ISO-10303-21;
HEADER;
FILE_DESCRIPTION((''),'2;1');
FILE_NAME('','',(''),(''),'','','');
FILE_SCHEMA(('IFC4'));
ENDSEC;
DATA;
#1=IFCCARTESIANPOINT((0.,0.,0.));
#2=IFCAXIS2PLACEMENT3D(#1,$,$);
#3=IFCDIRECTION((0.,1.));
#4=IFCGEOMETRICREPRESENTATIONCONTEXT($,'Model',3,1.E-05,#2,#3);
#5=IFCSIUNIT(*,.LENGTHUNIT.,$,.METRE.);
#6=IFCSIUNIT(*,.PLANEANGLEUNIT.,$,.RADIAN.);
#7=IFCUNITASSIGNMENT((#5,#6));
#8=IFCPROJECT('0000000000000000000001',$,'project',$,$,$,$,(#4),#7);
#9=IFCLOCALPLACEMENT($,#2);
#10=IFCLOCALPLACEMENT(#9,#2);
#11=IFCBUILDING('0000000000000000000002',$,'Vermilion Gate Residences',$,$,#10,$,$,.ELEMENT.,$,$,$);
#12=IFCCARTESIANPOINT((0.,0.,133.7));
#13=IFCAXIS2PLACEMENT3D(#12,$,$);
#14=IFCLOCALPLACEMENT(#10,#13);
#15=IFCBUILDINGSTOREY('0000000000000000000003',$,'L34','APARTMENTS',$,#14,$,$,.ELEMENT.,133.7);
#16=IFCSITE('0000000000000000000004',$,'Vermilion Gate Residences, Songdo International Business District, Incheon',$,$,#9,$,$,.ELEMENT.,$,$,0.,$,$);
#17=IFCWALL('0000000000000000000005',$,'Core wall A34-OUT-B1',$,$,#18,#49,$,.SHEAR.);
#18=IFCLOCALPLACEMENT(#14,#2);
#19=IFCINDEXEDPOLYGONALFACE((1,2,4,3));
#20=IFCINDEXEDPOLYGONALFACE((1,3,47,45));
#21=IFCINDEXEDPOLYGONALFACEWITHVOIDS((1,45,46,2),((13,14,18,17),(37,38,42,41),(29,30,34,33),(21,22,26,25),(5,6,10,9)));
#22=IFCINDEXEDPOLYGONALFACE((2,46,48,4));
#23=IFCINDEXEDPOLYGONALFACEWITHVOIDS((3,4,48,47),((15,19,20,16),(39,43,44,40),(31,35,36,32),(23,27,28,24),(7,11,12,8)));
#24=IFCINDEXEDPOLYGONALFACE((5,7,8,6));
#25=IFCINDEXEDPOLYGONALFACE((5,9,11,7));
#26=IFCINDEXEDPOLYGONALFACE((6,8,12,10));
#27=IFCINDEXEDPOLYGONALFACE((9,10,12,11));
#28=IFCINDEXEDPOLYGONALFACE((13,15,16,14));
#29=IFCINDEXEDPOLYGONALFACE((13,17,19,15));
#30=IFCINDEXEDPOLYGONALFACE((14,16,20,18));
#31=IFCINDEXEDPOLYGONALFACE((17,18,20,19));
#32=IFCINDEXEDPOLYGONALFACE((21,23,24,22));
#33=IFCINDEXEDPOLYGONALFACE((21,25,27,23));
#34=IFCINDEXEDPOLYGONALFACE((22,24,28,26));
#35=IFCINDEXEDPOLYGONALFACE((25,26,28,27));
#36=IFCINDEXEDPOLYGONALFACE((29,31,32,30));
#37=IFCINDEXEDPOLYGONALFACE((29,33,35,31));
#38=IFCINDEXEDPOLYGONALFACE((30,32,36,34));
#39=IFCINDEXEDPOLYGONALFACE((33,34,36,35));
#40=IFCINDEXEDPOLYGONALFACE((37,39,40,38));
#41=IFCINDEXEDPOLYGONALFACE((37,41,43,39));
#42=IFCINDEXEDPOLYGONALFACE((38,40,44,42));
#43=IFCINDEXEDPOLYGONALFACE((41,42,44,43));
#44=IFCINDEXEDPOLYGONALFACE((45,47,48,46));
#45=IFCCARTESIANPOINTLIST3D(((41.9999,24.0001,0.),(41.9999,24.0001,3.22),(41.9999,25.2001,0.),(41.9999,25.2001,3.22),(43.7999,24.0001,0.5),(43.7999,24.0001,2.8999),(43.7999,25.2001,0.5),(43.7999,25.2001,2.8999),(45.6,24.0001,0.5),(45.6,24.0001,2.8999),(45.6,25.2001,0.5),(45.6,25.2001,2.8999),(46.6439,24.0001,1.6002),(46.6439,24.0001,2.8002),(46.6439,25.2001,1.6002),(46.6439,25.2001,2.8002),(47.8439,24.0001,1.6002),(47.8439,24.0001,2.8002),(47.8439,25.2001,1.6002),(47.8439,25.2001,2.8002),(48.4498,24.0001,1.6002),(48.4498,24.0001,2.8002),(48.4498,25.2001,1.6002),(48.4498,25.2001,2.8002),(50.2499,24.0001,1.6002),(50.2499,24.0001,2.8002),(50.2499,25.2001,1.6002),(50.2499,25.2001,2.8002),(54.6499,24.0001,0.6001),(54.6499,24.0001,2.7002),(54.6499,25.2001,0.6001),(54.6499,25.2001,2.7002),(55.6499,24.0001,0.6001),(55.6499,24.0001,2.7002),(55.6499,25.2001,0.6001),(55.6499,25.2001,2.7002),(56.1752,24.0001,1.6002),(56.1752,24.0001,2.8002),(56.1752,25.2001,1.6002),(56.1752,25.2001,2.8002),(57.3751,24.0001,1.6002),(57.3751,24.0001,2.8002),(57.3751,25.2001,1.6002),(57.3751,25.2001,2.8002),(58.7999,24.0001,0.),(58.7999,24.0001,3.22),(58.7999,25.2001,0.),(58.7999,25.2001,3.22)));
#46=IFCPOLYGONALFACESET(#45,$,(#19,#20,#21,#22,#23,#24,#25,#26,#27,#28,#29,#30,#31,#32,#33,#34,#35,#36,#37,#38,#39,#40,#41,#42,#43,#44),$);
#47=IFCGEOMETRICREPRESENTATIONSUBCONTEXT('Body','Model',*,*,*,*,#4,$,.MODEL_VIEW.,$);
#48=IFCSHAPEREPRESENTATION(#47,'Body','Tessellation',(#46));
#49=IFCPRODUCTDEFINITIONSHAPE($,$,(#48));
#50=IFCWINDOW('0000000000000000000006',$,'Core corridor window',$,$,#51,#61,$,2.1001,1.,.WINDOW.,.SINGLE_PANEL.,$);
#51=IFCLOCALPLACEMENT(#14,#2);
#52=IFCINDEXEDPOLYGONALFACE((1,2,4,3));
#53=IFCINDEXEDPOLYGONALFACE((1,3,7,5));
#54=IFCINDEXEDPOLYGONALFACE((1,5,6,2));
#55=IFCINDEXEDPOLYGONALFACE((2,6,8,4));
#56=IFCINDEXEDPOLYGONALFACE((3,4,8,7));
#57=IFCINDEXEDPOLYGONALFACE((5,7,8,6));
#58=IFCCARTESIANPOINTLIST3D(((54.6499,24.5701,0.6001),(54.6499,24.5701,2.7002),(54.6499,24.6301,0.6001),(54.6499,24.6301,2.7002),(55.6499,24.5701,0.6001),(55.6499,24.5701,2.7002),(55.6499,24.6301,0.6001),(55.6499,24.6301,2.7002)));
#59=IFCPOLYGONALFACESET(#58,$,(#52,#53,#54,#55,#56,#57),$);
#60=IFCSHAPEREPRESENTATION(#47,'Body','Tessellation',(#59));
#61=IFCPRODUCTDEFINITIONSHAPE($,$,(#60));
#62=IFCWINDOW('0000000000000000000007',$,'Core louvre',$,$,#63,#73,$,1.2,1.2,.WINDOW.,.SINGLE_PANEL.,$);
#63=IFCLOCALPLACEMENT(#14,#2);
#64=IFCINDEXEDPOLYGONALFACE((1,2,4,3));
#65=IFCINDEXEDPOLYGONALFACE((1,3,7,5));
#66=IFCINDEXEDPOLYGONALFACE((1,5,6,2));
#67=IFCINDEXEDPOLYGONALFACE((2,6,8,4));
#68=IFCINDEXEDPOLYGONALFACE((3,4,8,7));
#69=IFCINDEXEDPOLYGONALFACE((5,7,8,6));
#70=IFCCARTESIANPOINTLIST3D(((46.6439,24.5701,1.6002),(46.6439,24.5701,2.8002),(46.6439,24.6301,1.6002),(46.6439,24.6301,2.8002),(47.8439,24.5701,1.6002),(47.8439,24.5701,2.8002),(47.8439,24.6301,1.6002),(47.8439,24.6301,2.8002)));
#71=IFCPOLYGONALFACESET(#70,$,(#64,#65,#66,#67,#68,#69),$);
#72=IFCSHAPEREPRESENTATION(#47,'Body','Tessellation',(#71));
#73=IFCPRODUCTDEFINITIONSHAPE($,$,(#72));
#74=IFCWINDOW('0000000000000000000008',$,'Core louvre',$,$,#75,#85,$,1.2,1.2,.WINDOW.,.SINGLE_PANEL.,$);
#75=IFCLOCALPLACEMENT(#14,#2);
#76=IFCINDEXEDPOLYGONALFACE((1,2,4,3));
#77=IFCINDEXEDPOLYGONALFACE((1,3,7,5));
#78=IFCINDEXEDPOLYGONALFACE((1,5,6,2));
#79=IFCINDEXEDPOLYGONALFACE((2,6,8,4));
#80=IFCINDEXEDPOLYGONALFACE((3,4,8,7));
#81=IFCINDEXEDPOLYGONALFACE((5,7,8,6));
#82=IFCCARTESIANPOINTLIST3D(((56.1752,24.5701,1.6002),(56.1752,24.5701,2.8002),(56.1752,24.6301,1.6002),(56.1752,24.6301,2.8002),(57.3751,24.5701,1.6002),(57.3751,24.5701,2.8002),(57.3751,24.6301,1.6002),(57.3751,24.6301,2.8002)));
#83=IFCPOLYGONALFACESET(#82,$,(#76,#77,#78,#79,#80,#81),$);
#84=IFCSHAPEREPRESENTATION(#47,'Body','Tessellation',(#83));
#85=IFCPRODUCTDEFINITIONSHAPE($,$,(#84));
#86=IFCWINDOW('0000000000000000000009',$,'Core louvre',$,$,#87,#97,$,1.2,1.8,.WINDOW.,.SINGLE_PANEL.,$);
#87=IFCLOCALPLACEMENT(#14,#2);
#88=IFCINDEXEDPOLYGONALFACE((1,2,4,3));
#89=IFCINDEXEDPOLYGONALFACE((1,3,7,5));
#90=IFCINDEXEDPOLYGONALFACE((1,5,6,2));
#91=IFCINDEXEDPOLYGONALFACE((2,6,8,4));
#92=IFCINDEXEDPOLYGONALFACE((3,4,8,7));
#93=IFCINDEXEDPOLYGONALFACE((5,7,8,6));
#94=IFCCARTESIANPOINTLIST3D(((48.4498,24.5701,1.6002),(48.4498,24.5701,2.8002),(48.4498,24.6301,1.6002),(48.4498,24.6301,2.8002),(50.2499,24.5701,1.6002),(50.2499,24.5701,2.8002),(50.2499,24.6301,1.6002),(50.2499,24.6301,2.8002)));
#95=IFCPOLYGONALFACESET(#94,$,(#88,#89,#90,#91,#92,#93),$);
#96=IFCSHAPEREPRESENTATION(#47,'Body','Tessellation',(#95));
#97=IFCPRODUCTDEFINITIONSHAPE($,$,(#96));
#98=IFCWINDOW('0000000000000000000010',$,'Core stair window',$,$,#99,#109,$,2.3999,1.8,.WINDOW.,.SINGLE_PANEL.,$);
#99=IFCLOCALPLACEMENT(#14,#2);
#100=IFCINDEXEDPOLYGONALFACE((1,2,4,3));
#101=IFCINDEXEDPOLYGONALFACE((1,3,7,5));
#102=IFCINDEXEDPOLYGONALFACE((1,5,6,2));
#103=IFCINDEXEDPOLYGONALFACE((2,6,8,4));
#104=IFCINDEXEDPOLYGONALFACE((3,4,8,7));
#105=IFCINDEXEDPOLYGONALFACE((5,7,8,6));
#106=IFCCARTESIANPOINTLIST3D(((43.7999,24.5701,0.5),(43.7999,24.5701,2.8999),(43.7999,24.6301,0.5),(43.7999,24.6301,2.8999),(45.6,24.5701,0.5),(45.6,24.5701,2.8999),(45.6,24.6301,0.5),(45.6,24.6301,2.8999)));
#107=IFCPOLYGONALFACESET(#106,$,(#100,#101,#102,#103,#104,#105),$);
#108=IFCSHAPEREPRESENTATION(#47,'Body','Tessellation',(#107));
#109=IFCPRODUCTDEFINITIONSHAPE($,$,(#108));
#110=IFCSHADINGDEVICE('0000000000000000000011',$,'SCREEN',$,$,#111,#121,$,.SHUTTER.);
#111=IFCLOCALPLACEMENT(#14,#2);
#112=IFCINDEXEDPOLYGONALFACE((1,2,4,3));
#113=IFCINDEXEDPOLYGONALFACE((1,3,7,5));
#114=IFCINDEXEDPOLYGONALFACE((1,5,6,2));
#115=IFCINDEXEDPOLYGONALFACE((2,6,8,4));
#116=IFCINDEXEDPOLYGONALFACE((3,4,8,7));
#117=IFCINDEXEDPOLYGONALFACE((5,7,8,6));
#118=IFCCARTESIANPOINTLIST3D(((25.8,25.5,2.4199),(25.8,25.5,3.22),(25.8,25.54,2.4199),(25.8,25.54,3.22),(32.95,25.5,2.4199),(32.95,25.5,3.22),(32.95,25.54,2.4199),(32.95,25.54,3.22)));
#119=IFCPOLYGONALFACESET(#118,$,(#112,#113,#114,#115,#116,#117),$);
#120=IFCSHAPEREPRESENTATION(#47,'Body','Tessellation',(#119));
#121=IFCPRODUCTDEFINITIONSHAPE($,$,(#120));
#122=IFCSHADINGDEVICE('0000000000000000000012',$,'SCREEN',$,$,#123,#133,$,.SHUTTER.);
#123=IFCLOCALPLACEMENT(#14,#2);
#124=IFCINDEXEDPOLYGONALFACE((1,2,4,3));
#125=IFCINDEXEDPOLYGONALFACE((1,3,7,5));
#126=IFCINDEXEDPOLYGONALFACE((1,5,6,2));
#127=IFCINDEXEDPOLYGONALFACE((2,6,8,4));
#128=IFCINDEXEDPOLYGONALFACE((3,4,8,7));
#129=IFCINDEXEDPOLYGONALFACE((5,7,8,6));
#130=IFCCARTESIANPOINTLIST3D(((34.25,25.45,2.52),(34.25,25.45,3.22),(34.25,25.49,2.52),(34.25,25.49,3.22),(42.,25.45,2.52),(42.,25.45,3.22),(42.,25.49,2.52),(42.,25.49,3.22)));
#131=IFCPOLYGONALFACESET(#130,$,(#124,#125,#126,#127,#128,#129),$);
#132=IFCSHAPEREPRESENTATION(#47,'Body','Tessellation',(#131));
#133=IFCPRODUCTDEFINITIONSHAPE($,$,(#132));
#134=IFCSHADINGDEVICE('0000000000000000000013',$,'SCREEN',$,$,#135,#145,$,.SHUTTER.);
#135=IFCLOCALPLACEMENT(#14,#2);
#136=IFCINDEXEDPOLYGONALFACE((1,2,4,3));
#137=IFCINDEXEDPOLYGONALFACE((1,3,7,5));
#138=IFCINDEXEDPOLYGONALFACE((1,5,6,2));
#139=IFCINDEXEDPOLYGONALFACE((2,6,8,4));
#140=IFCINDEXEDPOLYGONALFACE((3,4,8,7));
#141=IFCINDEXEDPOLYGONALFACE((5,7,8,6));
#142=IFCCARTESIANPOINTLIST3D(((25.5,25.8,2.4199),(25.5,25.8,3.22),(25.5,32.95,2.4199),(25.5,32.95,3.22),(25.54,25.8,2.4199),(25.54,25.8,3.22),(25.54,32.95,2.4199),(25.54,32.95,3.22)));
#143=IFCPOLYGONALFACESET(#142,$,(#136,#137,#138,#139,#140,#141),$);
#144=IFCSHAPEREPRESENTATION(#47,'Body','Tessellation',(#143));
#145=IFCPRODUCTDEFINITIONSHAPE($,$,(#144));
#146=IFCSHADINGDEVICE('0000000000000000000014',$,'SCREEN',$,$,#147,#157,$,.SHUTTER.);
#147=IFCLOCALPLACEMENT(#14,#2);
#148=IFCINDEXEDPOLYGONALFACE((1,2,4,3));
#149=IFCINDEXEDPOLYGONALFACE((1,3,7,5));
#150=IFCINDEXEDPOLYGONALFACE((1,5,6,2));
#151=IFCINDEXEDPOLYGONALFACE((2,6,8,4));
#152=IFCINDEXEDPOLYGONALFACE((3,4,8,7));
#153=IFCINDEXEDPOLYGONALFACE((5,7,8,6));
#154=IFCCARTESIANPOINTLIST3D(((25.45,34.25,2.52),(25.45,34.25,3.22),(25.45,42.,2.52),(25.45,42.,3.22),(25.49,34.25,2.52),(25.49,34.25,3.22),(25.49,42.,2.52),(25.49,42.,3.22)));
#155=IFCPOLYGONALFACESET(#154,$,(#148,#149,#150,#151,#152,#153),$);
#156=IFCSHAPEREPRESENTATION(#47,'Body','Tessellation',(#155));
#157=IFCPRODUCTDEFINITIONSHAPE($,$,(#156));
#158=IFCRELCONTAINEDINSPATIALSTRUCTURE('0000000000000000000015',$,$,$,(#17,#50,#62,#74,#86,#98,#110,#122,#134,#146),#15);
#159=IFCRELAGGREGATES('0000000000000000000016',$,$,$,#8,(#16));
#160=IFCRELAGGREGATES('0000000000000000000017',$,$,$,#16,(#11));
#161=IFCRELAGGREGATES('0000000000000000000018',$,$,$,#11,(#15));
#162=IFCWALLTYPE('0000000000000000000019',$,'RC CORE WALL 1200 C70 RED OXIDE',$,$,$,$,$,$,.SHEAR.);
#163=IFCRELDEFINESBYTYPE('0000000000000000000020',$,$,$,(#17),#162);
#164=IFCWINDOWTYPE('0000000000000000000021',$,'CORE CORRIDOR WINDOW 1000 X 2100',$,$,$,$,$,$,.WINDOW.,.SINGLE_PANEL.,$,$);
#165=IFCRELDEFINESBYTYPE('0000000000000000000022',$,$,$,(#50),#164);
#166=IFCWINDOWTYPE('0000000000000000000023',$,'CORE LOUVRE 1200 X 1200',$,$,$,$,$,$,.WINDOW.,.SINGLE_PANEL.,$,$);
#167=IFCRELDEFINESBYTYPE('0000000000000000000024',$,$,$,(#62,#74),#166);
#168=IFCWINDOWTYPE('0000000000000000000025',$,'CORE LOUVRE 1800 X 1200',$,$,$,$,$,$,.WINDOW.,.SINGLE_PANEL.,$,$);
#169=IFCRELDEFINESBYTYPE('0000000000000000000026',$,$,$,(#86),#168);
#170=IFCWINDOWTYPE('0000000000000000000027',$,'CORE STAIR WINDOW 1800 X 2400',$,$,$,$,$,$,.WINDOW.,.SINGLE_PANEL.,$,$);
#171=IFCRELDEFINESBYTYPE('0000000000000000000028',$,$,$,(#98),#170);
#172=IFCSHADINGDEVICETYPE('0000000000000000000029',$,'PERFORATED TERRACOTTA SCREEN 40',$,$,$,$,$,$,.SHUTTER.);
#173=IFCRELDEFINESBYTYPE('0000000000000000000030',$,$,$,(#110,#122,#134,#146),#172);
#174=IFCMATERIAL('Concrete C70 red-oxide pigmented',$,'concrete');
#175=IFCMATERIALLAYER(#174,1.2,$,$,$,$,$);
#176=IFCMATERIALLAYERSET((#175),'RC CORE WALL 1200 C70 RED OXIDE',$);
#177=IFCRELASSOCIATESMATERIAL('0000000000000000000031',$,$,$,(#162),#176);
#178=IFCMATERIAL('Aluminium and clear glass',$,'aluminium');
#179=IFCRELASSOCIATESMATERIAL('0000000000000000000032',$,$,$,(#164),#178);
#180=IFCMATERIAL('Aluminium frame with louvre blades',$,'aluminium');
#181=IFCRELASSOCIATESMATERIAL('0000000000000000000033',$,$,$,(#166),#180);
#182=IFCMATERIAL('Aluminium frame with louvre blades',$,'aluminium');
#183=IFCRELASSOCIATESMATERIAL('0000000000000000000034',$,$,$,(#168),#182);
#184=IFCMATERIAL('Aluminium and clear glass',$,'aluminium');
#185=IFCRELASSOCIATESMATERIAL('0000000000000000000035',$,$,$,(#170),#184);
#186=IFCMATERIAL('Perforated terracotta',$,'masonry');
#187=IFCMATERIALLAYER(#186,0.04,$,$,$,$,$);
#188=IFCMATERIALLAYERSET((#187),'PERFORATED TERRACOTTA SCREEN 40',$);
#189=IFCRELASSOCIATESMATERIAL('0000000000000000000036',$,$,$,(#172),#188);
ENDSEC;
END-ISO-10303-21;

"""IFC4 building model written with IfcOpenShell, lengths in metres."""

from ifc_helpers import new_model, si_unit, direction, frame, frame_2d, origin, origin_2d, place, context, subcontext, project, spatial, rectangle, extrude, material, layer, layer_set, type_object, element, fill, save


model = new_model("IFC4")

# Units and contexts
model_context = context("Model", 3, precision=1e-05, world=origin(), true_north=direction((0.0, 1.0)))
body_context = subcontext(model_context, "Body", "Model", "MODEL_VIEW")
ifc_project = project(units=[si_unit("LENGTHUNIT", "METRE"), si_unit("PLANEANGLEUNIT", "RADIAN")], contexts=[model_context])

# Site, building, storey
site_placement = place(None, origin())
site = spatial("IfcSite", under=ifc_project, at=site_placement, Name="Vermilion Gate Residences, Songdo International Business District, Incheon", CompositionType="ELEMENT", RefElevation=0.0)
building_placement = place(site_placement, origin())
building = spatial("IfcBuilding", under=site, at=building_placement, Name="Vermilion Gate Residences", CompositionType="ELEMENT")
storey_placement = place(building_placement, frame((0.0, 0.0, 133.7)))
storey = spatial("IfcBuildingStorey", under=building, at=storey_placement, Name="L34", Description="APARTMENTS", CompositionType="ELEMENT", Elevation=133.7)

# Wall, openings, windows
ifc_material_1 = material(Name="Concrete C70 red-oxide pigmented", Category="concrete")
ifc_layer_1 = layer(ifc_material_1, 1.2)
ifc_layer_set_1 = layer_set([ifc_layer_1], Name="RC CORE WALL 1200 C70 RED OXIDE")
wall_type_1 = type_object("IfcWallType", Name="RC CORE WALL 1200 C70 RED OXIDE", PredefinedType="SHEAR", material=ifc_layer_set_1)
wall_1_placement = place(storey_placement, frame((42.0, 24.6001, 0.0), z_axis=(0.0, 0.0, 1.0), x_axis=(1.0, 0.0, 0.0)))
wall_1 = element("IfcWall", 1, at=wall_1_placement, inside=storey, type_object=wall_type_1, Name="Core wall A34-OUT-B1", PredefinedType="SHEAR", context=body_context, shape_type="SweptSolid", body=[
    extrude(rectangle(XDim=16.8, YDim=1.2, at=frame_2d((8.3999, 0.0))), origin(), (0.0, 0.0, 1.0), 3.22),
])
opening_1_placement = place(wall_1_placement, frame((1.8, 0.0, 0.5)))
opening_1 = element("IfcOpeningElement", 2, at=opening_1_placement, cuts=wall_1, PredefinedType="OPENING", context=body_context, shape_type="SweptSolid", body=[
    extrude(rectangle(XDim=1.8, YDim=2.3999, at=frame_2d((0.8999, 1.2))), frame((0.0, 0.6099, 0.0), z_axis=(0.0, -1.0, 0.0), x_axis=(1.0, 0.0, 0.0)), (0.0, 0.0, 1.0), 1.22),
])
opening_2_placement = place(wall_1_placement, frame((4.6438, 0.0, 1.6001)))
opening_2 = element("IfcOpeningElement", 3, at=opening_2_placement, cuts=wall_1, PredefinedType="OPENING", context=body_context, shape_type="SweptSolid", body=[
    extrude(rectangle(XDim=1.2, YDim=1.2, at=frame_2d((0.6001, 0.6001))), frame((0.0, 0.6099, 0.0), z_axis=(0.0, -1.0, 0.0), x_axis=(1.0, 0.0, 0.0)), (0.0, 0.0, 1.0), 1.22),
])
opening_3_placement = place(wall_1_placement, frame((6.45, 0.0, 1.6001)))
opening_3 = element("IfcOpeningElement", 4, at=opening_3_placement, cuts=wall_1, PredefinedType="OPENING", context=body_context, shape_type="SweptSolid", body=[
    extrude(rectangle(XDim=1.8, YDim=1.2, at=frame_2d((0.8999, 0.6001))), frame((0.0, 0.6099, 0.0), z_axis=(0.0, -1.0, 0.0), x_axis=(1.0, 0.0, 0.0)), (0.0, 0.0, 1.0), 1.22),
])
opening_4_placement = place(wall_1_placement, frame((12.6499, 0.0, 0.6001)))
opening_4 = element("IfcOpeningElement", 5, at=opening_4_placement, cuts=wall_1, PredefinedType="OPENING", context=body_context, shape_type="SweptSolid", body=[
    extrude(rectangle(XDim=1.0, YDim=2.1001, at=frame_2d((0.5, 1.05))), frame((0.0, 0.6099, 0.0), z_axis=(0.0, -1.0, 0.0), x_axis=(1.0, 0.0, 0.0)), (0.0, 0.0, 1.0), 1.22),
])
opening_5_placement = place(wall_1_placement, frame((14.175, 0.0, 1.6001)))
opening_5 = element("IfcOpeningElement", 6, at=opening_5_placement, cuts=wall_1, PredefinedType="OPENING", context=body_context, shape_type="SweptSolid", body=[
    extrude(rectangle(XDim=1.2, YDim=1.2, at=frame_2d((0.6001, 0.6001))), frame((0.0, 0.6099, 0.0), z_axis=(0.0, -1.0, 0.0), x_axis=(1.0, 0.0, 0.0)), (0.0, 0.0, 1.0), 1.22),
])
ifc_material_2 = material(Name="Aluminium and clear glass", Category="aluminium")
window_type_1 = type_object("IfcWindowType", Name="CORE CORRIDOR WINDOW 1000 X 2100", PartitioningType="SINGLE_PANEL", PredefinedType="WINDOW", material=ifc_material_2)
window_1_placement = place(opening_4_placement, origin())
window_1 = element("IfcWindow", 7, at=window_1_placement, inside=storey, type_object=window_type_1, Name="Core corridor window", OverallHeight=2.1001, OverallWidth=1.0, PartitioningType="SINGLE_PANEL", PredefinedType="WINDOW", context=body_context, shape_type="SweptSolid", body=[
    extrude(rectangle(XDim=1.0, YDim=2.1001, at=frame_2d((0.5, 1.05))), frame((0.0, 0.03, 0.0), z_axis=(0.0, -1.0, 0.0), x_axis=(1.0, 0.0, 0.0)), (0.0, 0.0, 1.0), 0.0601),
])
fill(opening_4, window_1)
ifc_material_3 = material(Name="Aluminium frame with louvre blades", Category="aluminium")
window_type_2 = type_object("IfcWindowType", Name="CORE LOUVRE 1200 X 1200", PartitioningType="SINGLE_PANEL", PredefinedType="WINDOW", material=ifc_material_3)
window_2_placement = place(opening_2_placement, origin())
window_2 = element("IfcWindow", 8, at=window_2_placement, inside=storey, type_object=window_type_2, Name="Core louvre", OverallHeight=1.2, OverallWidth=1.2, PartitioningType="SINGLE_PANEL", PredefinedType="WINDOW", context=body_context, shape_type="SweptSolid", body=[
    extrude(rectangle(XDim=1.2, YDim=1.2, at=frame_2d((0.6001, 0.6001))), frame((0.0, 0.03, 0.0), z_axis=(0.0, -1.0, 0.0), x_axis=(1.0, 0.0, 0.0)), (0.0, 0.0, 1.0), 0.0601),
])
fill(opening_2, window_2)
window_3_placement = place(opening_5_placement, origin())
window_3 = element("IfcWindow", 9, at=window_3_placement, inside=storey, type_object=window_type_2, Name="Core louvre", OverallHeight=1.2, OverallWidth=1.2, PartitioningType="SINGLE_PANEL", PredefinedType="WINDOW", context=body_context, shape_type="SweptSolid", body=[
    extrude(rectangle(XDim=1.2, YDim=1.2, at=frame_2d((0.6001, 0.6001))), frame((0.0, 0.03, 0.0), z_axis=(0.0, -1.0, 0.0), x_axis=(1.0, 0.0, 0.0)), (0.0, 0.0, 1.0), 0.0601),
])
fill(opening_5, window_3)
ifc_material_4 = material(Name="Aluminium frame with louvre blades", Category="aluminium")
window_type_3 = type_object("IfcWindowType", Name="CORE LOUVRE 1800 X 1200", PartitioningType="SINGLE_PANEL", PredefinedType="WINDOW", material=ifc_material_4)
window_4_placement = place(opening_3_placement, origin())
window_4 = element("IfcWindow", 10, at=window_4_placement, inside=storey, type_object=window_type_3, Name="Core louvre", OverallHeight=1.2, OverallWidth=1.8, PartitioningType="SINGLE_PANEL", PredefinedType="WINDOW", context=body_context, shape_type="SweptSolid", body=[
    extrude(rectangle(XDim=1.8, YDim=1.2, at=frame_2d((0.8999, 0.6001))), frame((0.0, 0.03, 0.0), z_axis=(0.0, -1.0, 0.0), x_axis=(1.0, 0.0, 0.0)), (0.0, 0.0, 1.0), 0.0601),
])
fill(opening_3, window_4)
ifc_material_5 = material(Name="Aluminium and clear glass", Category="aluminium")
window_type_4 = type_object("IfcWindowType", Name="CORE STAIR WINDOW 1800 X 2400", PartitioningType="SINGLE_PANEL", PredefinedType="WINDOW", material=ifc_material_5)
window_5_placement = place(opening_1_placement, origin())
window_5 = element("IfcWindow", 11, at=window_5_placement, inside=storey, type_object=window_type_4, Name="Core stair window", OverallHeight=2.3999, OverallWidth=1.8, PartitioningType="SINGLE_PANEL", PredefinedType="WINDOW", context=body_context, shape_type="SweptSolid", body=[
    extrude(rectangle(XDim=1.8, YDim=2.3999, at=frame_2d((0.8999, 1.2))), frame((0.0, 0.03, 0.0), z_axis=(0.0, -1.0, 0.0), x_axis=(1.0, 0.0, 0.0)), (0.0, 0.0, 1.0), 0.0601),
])
fill(opening_1, window_5)

# Shading devices
ifc_material_6 = material(Name="Perforated terracotta", Category="masonry")
ifc_layer_2 = layer(ifc_material_6, 0.04)
ifc_layer_set_2 = layer_set([ifc_layer_2], Name="PERFORATED TERRACOTTA SCREEN 40")
shading_device_type_1 = type_object("IfcShadingDeviceType", Name="PERFORATED TERRACOTTA SCREEN 40", PredefinedType="SHUTTER", material=ifc_layer_set_2)
shading_device_1_placement = place(storey_placement, frame((29.375, 25.52, 2.4199), z_axis=(0.0, 0.0, 1.0), x_axis=(-1.0, 0.0, 0.0)))
element("IfcShadingDevice", 12, at=shading_device_1_placement, inside=storey, type_object=shading_device_type_1, Name="SCREEN", PredefinedType="SHUTTER", context=body_context, shape_type="SweptSolid", body=[
    extrude(rectangle(XDim=7.1499, YDim=0.04, at=origin_2d()), origin(), (0.0, 0.0, 1.0), 0.8),
])
shading_device_2_placement = place(storey_placement, frame((38.125, 25.47, 2.52), z_axis=(0.0, 0.0, 1.0), x_axis=(-1.0, 0.0, 0.0)))
element("IfcShadingDevice", 13, at=shading_device_2_placement, inside=storey, type_object=shading_device_type_1, Name="SCREEN", PredefinedType="SHUTTER", context=body_context, shape_type="SweptSolid", body=[
    extrude(rectangle(XDim=7.75, YDim=0.04, at=origin_2d()), origin(), (0.0, 0.0, 1.0), 0.7),
])
shading_device_3_placement = place(storey_placement, frame((25.52, 29.375, 2.4199), z_axis=(0.0, 0.0, 1.0), x_axis=(0.0, 1.0, 0.0)))
element("IfcShadingDevice", 14, at=shading_device_3_placement, inside=storey, type_object=shading_device_type_1, Name="SCREEN", PredefinedType="SHUTTER", context=body_context, shape_type="SweptSolid", body=[
    extrude(rectangle(XDim=7.1499, YDim=0.04, at=origin_2d()), origin(), (0.0, 0.0, 1.0), 0.8),
])
shading_device_4_placement = place(storey_placement, frame((25.47, 38.125, 2.52), z_axis=(0.0, 0.0, 1.0), x_axis=(0.0, 1.0, 0.0)))
element("IfcShadingDevice", 15, at=shading_device_4_placement, inside=storey, type_object=shading_device_type_1, Name="SCREEN", PredefinedType="SHUTTER", context=body_context, shape_type="SweptSolid", body=[
    extrude(rectangle(XDim=7.75, YDim=0.04, at=origin_2d()), origin(), (0.0, 0.0, 1.0), 0.7),
])

save(model, "model.ifc")
